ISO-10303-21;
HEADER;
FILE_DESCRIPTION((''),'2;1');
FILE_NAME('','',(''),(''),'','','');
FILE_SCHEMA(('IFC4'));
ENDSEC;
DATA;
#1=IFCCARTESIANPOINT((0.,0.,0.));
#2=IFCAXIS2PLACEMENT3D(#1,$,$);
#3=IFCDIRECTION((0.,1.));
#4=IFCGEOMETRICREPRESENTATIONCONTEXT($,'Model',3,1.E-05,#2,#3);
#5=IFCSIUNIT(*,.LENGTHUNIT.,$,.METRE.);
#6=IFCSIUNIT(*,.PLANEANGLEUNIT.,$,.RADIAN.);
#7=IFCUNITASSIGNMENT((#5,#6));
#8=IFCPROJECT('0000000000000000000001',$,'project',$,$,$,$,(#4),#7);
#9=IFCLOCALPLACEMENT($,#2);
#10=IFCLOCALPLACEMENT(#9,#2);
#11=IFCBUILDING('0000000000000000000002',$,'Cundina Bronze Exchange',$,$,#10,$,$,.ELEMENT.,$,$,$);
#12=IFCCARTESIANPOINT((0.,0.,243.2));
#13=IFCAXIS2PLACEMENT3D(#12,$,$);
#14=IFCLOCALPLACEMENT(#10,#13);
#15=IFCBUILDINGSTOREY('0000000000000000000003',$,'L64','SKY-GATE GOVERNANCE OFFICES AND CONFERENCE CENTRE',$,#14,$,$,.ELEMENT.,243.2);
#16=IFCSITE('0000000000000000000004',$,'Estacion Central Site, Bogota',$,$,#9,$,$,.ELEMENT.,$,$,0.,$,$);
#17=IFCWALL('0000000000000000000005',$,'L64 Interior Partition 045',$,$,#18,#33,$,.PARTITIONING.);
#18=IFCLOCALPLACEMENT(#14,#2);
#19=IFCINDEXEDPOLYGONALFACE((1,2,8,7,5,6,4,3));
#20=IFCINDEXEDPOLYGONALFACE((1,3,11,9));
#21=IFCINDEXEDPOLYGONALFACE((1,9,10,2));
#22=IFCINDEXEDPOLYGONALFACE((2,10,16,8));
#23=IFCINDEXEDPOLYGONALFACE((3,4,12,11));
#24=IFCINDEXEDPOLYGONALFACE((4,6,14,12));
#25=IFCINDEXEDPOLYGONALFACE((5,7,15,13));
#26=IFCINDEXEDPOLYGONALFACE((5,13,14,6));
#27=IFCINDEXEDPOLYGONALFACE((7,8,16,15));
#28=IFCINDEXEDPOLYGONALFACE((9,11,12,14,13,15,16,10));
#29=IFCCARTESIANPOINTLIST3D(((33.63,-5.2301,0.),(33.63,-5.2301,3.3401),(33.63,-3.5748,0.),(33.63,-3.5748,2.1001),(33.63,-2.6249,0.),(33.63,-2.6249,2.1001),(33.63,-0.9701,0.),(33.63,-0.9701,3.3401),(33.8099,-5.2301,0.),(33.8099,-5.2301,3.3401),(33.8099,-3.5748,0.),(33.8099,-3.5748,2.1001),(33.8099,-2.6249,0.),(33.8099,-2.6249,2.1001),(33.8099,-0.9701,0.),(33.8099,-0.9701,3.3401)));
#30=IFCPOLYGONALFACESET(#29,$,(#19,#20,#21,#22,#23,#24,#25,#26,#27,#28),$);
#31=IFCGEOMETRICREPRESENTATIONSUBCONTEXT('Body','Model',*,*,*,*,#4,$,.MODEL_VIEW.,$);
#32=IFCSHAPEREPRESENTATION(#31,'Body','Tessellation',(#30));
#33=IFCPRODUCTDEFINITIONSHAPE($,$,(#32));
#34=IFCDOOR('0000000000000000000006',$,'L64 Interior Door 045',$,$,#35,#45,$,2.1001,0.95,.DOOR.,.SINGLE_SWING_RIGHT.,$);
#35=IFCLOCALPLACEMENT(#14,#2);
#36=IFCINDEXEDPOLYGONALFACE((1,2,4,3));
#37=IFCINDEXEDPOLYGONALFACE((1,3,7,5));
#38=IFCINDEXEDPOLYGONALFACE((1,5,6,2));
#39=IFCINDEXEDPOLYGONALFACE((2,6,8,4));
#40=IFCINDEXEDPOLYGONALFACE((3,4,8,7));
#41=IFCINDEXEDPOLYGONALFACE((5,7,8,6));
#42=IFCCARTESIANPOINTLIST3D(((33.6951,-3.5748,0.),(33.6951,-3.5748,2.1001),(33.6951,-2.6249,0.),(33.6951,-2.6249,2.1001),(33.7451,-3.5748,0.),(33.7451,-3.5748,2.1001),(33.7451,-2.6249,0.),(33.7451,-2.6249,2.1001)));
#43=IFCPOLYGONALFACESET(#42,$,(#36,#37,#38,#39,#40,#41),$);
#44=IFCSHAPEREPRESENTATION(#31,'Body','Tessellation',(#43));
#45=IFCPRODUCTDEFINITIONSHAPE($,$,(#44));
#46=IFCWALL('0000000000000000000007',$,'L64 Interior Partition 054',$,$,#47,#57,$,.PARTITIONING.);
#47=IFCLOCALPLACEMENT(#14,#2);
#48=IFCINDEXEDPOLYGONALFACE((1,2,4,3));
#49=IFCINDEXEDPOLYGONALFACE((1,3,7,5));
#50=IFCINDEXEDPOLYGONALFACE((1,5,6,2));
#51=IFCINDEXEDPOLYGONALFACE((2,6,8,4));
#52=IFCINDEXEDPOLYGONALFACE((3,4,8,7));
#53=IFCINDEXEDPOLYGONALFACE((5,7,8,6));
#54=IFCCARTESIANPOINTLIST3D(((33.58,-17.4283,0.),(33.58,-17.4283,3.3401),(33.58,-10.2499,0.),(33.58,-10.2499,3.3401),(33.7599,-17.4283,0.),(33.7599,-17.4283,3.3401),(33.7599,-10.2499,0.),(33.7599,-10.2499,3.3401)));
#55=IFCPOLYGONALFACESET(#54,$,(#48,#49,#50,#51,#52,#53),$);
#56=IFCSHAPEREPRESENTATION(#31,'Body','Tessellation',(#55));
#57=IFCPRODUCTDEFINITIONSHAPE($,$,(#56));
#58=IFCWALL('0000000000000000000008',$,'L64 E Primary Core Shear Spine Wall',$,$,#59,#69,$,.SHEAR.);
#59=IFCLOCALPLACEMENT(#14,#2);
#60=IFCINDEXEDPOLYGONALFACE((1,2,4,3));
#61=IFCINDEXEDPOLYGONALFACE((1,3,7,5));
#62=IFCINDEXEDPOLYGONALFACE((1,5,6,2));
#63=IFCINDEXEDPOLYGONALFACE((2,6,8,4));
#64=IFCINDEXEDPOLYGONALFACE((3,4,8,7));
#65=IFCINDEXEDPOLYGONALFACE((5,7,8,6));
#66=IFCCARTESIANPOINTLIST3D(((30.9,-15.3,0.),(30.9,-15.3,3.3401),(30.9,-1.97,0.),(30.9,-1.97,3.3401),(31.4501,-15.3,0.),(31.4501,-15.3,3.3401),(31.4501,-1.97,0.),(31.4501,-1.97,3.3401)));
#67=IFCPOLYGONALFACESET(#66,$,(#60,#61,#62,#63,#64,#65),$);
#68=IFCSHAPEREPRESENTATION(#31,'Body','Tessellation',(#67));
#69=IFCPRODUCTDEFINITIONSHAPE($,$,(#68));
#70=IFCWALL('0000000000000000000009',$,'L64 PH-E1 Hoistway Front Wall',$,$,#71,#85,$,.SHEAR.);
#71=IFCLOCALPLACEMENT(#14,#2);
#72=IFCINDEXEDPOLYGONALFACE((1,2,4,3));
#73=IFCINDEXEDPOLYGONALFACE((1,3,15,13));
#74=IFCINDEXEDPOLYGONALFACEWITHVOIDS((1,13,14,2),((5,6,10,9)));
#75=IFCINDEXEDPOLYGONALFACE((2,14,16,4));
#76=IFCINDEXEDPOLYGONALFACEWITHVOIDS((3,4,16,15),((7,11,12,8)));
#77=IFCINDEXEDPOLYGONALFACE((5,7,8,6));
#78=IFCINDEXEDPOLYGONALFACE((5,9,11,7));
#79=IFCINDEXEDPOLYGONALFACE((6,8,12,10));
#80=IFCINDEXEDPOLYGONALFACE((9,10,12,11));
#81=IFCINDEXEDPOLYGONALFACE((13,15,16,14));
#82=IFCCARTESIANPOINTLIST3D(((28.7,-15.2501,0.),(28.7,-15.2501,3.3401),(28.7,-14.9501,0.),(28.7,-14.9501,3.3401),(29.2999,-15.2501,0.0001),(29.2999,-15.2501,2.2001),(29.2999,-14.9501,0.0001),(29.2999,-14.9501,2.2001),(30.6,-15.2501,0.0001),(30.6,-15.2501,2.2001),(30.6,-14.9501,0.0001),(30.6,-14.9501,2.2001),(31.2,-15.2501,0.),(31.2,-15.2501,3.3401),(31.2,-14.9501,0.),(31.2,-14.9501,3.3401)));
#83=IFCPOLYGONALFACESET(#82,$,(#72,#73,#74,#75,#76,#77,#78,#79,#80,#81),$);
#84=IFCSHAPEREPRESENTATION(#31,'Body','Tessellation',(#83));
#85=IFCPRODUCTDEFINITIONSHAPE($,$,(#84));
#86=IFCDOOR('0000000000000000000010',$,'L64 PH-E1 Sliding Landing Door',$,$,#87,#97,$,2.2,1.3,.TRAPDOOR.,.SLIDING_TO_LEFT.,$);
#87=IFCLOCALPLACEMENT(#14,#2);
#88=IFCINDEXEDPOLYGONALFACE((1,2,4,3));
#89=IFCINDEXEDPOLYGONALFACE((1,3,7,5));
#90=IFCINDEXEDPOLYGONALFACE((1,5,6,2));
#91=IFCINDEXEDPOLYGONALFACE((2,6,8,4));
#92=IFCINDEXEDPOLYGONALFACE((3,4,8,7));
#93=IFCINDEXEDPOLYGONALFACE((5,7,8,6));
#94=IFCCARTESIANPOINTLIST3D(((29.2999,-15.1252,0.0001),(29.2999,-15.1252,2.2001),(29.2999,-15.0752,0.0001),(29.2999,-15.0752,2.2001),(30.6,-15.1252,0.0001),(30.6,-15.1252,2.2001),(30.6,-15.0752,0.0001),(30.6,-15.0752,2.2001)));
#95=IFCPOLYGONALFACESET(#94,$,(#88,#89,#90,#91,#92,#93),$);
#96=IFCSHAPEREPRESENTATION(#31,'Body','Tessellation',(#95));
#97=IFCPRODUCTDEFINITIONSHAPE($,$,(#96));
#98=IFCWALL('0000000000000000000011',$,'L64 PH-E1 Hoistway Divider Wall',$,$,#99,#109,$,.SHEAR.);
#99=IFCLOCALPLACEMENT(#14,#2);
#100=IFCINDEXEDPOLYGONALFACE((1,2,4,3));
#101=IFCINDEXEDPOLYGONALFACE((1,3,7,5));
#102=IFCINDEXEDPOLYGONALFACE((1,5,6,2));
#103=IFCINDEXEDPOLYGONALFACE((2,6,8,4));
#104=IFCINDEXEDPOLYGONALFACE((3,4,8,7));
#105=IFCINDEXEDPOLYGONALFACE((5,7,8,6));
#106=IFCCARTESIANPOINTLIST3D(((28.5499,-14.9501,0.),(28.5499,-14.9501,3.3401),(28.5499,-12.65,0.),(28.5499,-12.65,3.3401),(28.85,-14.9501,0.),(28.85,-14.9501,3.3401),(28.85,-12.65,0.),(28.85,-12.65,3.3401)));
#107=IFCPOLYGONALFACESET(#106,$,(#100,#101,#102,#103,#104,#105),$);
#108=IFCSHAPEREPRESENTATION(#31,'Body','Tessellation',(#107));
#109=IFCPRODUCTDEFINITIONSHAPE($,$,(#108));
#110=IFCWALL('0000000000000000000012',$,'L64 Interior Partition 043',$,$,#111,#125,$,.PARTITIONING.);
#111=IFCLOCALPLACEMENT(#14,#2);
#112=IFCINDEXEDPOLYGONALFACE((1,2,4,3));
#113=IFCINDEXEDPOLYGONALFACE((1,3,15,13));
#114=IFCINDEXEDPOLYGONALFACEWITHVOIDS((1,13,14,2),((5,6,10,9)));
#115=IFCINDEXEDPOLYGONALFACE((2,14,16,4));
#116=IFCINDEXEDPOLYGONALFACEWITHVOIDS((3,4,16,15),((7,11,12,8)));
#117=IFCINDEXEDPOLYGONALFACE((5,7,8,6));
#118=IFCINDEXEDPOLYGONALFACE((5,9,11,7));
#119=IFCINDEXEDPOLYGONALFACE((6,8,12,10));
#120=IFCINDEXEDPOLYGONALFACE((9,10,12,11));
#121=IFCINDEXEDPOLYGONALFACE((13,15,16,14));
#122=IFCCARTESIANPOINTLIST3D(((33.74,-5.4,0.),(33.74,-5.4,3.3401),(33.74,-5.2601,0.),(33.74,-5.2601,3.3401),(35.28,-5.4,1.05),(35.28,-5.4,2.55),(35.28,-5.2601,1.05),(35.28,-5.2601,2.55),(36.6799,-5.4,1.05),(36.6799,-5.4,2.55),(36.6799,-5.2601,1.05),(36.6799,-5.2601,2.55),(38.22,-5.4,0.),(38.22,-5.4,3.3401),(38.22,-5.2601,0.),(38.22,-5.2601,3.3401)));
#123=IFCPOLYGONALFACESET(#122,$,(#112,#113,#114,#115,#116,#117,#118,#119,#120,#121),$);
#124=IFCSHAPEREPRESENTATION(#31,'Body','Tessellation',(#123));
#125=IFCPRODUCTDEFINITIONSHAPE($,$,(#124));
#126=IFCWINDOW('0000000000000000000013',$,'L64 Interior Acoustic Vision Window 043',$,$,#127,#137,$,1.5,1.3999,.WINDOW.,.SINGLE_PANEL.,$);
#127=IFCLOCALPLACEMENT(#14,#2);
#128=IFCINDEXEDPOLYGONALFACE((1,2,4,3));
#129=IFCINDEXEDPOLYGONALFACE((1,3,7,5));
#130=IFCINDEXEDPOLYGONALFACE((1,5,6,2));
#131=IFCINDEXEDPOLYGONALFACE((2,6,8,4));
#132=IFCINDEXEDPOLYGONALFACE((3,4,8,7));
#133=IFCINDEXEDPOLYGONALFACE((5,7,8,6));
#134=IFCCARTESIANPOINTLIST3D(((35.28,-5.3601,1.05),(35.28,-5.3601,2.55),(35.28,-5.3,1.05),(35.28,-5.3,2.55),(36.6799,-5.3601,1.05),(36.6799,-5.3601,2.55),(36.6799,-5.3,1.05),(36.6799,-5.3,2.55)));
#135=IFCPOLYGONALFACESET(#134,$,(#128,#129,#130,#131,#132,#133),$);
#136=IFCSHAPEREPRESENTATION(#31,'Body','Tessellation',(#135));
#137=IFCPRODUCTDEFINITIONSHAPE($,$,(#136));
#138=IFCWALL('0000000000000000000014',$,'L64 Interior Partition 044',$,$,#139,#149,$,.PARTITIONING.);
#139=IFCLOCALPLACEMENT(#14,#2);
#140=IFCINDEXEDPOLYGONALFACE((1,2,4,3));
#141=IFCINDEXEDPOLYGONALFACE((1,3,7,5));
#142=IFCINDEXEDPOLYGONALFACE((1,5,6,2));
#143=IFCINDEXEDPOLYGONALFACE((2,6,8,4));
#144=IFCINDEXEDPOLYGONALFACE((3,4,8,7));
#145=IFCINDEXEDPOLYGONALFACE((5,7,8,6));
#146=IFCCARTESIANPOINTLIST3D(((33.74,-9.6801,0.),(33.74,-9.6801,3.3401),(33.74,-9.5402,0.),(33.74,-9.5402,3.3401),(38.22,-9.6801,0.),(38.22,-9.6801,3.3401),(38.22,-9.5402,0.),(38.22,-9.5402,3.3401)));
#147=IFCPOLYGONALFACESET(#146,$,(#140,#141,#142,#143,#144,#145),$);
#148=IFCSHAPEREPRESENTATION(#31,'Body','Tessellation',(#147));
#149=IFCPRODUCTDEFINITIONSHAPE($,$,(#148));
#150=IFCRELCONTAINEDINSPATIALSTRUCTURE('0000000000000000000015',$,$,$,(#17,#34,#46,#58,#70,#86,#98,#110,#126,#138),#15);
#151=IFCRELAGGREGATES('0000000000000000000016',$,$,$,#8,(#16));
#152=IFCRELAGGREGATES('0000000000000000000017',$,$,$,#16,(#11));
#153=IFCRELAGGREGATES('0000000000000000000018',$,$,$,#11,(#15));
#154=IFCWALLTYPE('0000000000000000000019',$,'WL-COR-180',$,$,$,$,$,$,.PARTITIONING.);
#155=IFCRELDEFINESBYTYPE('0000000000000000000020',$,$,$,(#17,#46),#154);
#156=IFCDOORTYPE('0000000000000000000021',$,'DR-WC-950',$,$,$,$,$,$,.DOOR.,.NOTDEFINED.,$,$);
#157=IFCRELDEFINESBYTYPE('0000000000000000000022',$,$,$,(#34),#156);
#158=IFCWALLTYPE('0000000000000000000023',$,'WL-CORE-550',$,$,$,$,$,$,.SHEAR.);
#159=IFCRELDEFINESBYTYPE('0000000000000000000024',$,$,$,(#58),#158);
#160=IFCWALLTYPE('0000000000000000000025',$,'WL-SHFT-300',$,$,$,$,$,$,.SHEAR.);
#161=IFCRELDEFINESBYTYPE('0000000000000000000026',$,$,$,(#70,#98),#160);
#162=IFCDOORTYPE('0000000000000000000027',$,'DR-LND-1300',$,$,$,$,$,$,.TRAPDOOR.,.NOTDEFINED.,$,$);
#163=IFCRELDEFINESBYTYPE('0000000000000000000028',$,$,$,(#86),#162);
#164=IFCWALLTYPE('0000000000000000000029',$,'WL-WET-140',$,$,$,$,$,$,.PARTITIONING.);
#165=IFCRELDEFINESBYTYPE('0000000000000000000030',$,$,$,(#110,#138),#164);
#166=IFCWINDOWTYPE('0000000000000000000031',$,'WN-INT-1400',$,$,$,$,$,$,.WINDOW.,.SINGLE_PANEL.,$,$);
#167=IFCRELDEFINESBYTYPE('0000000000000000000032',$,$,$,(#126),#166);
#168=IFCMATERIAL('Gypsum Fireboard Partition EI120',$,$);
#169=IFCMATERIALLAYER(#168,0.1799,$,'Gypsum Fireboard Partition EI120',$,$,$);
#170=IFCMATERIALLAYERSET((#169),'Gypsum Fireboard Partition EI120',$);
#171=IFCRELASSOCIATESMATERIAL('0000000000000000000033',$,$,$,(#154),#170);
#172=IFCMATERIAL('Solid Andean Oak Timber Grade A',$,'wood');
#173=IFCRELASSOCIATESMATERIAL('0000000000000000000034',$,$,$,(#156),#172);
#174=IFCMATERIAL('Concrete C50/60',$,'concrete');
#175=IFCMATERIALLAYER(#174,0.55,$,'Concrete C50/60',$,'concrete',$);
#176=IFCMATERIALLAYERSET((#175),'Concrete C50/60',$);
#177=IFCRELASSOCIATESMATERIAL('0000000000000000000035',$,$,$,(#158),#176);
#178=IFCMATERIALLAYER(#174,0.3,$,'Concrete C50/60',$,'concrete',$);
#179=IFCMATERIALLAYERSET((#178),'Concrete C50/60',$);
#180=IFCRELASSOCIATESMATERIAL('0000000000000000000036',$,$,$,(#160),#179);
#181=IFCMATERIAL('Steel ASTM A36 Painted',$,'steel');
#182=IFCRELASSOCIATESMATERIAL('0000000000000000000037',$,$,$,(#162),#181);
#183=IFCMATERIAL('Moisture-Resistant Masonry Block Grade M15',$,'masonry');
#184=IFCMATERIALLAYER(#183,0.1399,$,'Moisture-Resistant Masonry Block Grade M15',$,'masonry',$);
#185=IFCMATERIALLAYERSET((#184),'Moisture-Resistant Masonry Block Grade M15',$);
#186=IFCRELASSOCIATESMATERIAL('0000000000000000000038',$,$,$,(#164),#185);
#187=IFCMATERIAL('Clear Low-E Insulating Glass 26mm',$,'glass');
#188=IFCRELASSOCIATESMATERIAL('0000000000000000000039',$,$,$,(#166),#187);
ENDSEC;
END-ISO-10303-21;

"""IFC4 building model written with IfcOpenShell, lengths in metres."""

from ifc_helpers import new_model, si_unit, direction, frame, frame_2d, origin, place, context, subcontext, project, spatial, rectangle, extrude, material, layer, layer_set, type_object, element, fill, save


model = new_model("IFC4")

# Units and contexts
model_context = context("Model", 3, precision=1e-05, world=origin(), true_north=direction((0.0, 1.0)))
body_context = subcontext(model_context, "Body", "Model", "MODEL_VIEW")
ifc_project = project(units=[si_unit("LENGTHUNIT", "METRE"), si_unit("PLANEANGLEUNIT", "RADIAN")], contexts=[model_context])

# Site, building, storey
site_placement = place(None, origin())
site = spatial("IfcSite", under=ifc_project, at=site_placement, Name="Estacion Central Site, Bogota", CompositionType="ELEMENT", RefElevation=0.0)
building_placement = place(site_placement, origin())
building = spatial("IfcBuilding", under=site, at=building_placement, Name="Cundina Bronze Exchange", CompositionType="ELEMENT")
storey_placement = place(building_placement, frame((0.0, 0.0, 243.2)))
storey = spatial("IfcBuildingStorey", under=building, at=storey_placement, Name="L64", Description="SKY-GATE GOVERNANCE OFFICES AND CONFERENCE CENTRE", CompositionType="ELEMENT", Elevation=243.2)

# Shared definitions
ifc_material_1 = material(Name="Concrete C50/60", Category="concrete")

# Wall, opening, door
ifc_material_2 = material(Name="Gypsum Fireboard Partition EI120")
ifc_layer_1 = layer(ifc_material_2, 0.1799, Name="Gypsum Fireboard Partition EI120")
ifc_layer_set_1 = layer_set([ifc_layer_1], Name="Gypsum Fireboard Partition EI120")
wall_type_1 = type_object("IfcWallType", Name="WL-COR-180", PredefinedType="PARTITIONING", material=ifc_layer_set_1)
wall_1_placement = place(storey_placement, frame((33.72, -5.23, 0.0), z_axis=(0.0, 0.0, 1.0), x_axis=(0.0, 1.0, 0.0)))
wall_1 = element("IfcWall", 1, at=wall_1_placement, inside=storey, type_object=wall_type_1, Name="L64 Interior Partition 045", PredefinedType="PARTITIONING", context=body_context, shape_type="SweptSolid", body=[
    extrude(rectangle(XDim=4.26, YDim=0.1799, at=frame_2d((2.1299, 0.0))), origin(), (0.0, 0.0, 1.0), 3.3401),
])
opening_1_placement = place(wall_1_placement, frame((1.655, 0.0, 0.0)))
opening_1 = element("IfcOpeningElement", 2, at=opening_1_placement, cuts=wall_1, PredefinedType="OPENING", context=body_context, shape_type="SweptSolid", body=[
    extrude(rectangle(XDim=0.95, YDim=2.1001, at=frame_2d((0.4751, 1.05))), frame((0.0, 0.0999, 0.0), z_axis=(0.0, -1.0, 0.0), x_axis=(1.0, 0.0, 0.0)), (0.0, 0.0, 1.0), 0.2),
])
ifc_material_3 = material(Name="Solid Andean Oak Timber Grade A", Category="wood")
door_type_1 = type_object("IfcDoorType", Name="DR-WC-950", OperationType="NOTDEFINED", PredefinedType="DOOR", material=ifc_material_3)
door_1_placement = place(opening_1_placement, origin())
door_1 = element("IfcDoor", 3, at=door_1_placement, inside=storey, type_object=door_type_1, Name="L64 Interior Door 045", OperationType="SINGLE_SWING_RIGHT", OverallHeight=2.1001, OverallWidth=0.95, PredefinedType="DOOR", context=body_context, shape_type="SweptSolid", body=[
    extrude(rectangle(XDim=0.95, YDim=2.1001, at=frame_2d((0.4751, 1.05))), frame((0.0, 0.0249, 0.0), z_axis=(0.0, -1.0, 0.0), x_axis=(1.0, 0.0, 0.0)), (0.0, 0.0, 1.0), 0.05),
])
fill(opening_1, door_1)

# Walls
wall_2_placement = place(storey_placement, frame((33.6699, -17.4285, 0.0), z_axis=(0.0, 0.0, 1.0), x_axis=(0.0, 1.0, 0.0)))
element("IfcWall", 4, at=wall_2_placement, inside=storey, type_object=wall_type_1, Name="L64 Interior Partition 054", PredefinedType="PARTITIONING", context=body_context, shape_type="SweptSolid", body=[
    extrude(rectangle(XDim=7.1785, YDim=0.1799, at=frame_2d((3.5894, 0.0))), origin(), (0.0, 0.0, 1.0), 3.3401),
])
ifc_layer_2 = layer(ifc_material_1, 0.55, Name="Concrete C50/60", Category="concrete")
ifc_layer_set_2 = layer_set([ifc_layer_2], Name="Concrete C50/60")
wall_type_2 = type_object("IfcWallType", Name="WL-CORE-550", PredefinedType="SHEAR", material=ifc_layer_set_2)
wall_3_placement = place(storey_placement, frame((31.175, -15.3, 0.0), z_axis=(0.0, 0.0, 1.0), x_axis=(0.0, 1.0, 0.0)))
element("IfcWall", 5, at=wall_3_placement, inside=storey, type_object=wall_type_2, Name="L64 E Primary Core Shear Spine Wall", PredefinedType="SHEAR", context=body_context, shape_type="SweptSolid", body=[
    extrude(rectangle(XDim=13.3301, YDim=0.55, at=frame_2d((6.665, 0.0))), origin(), (0.0, 0.0, 1.0), 3.3401),
])

# Wall, opening, door
ifc_layer_3 = layer(ifc_material_1, 0.3, Name="Concrete C50/60", Category="concrete")
ifc_layer_set_3 = layer_set([ifc_layer_3], Name="Concrete C50/60")
wall_type_3 = type_object("IfcWallType", Name="WL-SHFT-300", PredefinedType="SHEAR", material=ifc_layer_set_3)
wall_4_placement = place(storey_placement, frame((28.7, -15.1001, 0.0), z_axis=(0.0, 0.0, 1.0), x_axis=(1.0, 0.0, 0.0)))
wall_4 = element("IfcWall", 6, at=wall_4_placement, inside=storey, type_object=wall_type_3, Name="L64 PH-E1 Hoistway Front Wall", PredefinedType="SHEAR", context=body_context, shape_type="SweptSolid", body=[
    extrude(rectangle(XDim=2.5, YDim=0.3, at=frame_2d((1.25, 0.0))), origin(), (0.0, 0.0, 1.0), 3.3401),
])
opening_2_placement = place(wall_4_placement, frame((0.6001, 0.0, 0.0)))
opening_2 = element("IfcOpeningElement", 7, at=opening_2_placement, cuts=wall_4, PredefinedType="OPENING", context=body_context, shape_type="SweptSolid", body=[
    extrude(rectangle(XDim=1.3, YDim=2.2, at=frame_2d((0.6499, 1.1001))), frame((0.0, 0.1599, 0.0), z_axis=(0.0, -1.0, 0.0), x_axis=(1.0, 0.0, 0.0)), (0.0, 0.0, 1.0), 0.3201),
])
ifc_material_4 = material(Name="Steel ASTM A36 Painted", Category="steel")
door_type_2 = type_object("IfcDoorType", Name="DR-LND-1300", OperationType="NOTDEFINED", PredefinedType="TRAPDOOR", material=ifc_material_4)
door_2_placement = place(opening_2_placement, origin())
door_2 = element("IfcDoor", 8, at=door_2_placement, inside=storey, type_object=door_type_2, Name="L64 PH-E1 Sliding Landing Door", OperationType="SLIDING_TO_LEFT", OverallHeight=2.2, OverallWidth=1.3, PredefinedType="TRAPDOOR", context=body_context, shape_type="SweptSolid", body=[
    extrude(rectangle(XDim=1.3, YDim=2.2, at=frame_2d((0.6499, 1.1001))), frame((0.0, 0.0249, 0.0), z_axis=(0.0, -1.0, 0.0), x_axis=(1.0, 0.0, 0.0)), (0.0, 0.0, 1.0), 0.05),
])
fill(opening_2, door_2)

# Wall
wall_5_placement = place(storey_placement, frame((28.7, -14.95, 0.0), z_axis=(0.0, 0.0, 1.0), x_axis=(0.0, 1.0, 0.0)))
element("IfcWall", 9, at=wall_5_placement, inside=storey, type_object=wall_type_3, Name="L64 PH-E1 Hoistway Divider Wall", PredefinedType="SHEAR", context=body_context, shape_type="SweptSolid", body=[
    extrude(rectangle(XDim=2.3, YDim=0.3, at=frame_2d((1.1499, 0.0))), origin(), (0.0, 0.0, 1.0), 3.3401),
])

# Wall, opening, window
ifc_material_5 = material(Name="Moisture-Resistant Masonry Block Grade M15", Category="masonry")
ifc_layer_4 = layer(ifc_material_5, 0.1399, Name="Moisture-Resistant Masonry Block Grade M15", Category="masonry")
ifc_layer_set_4 = layer_set([ifc_layer_4], Name="Moisture-Resistant Masonry Block Grade M15")
wall_type_4 = type_object("IfcWallType", Name="WL-WET-140", PredefinedType="PARTITIONING", material=ifc_layer_set_4)
wall_6_placement = place(storey_placement, frame((33.74, -5.3301, 0.0), z_axis=(0.0, 0.0, 1.0), x_axis=(1.0, 0.0, 0.0)))
wall_6 = element("IfcWall", 10, at=wall_6_placement, inside=storey, type_object=wall_type_4, Name="L64 Interior Partition 043", PredefinedType="PARTITIONING", context=body_context, shape_type="SweptSolid", body=[
    extrude(rectangle(XDim=4.48, YDim=0.1399, at=frame_2d((2.24, 0.0))), origin(), (0.0, 0.0, 1.0), 3.3401),
])
opening_3_placement = place(wall_6_placement, frame((1.54, 0.0, 1.05)))
opening_3 = element("IfcOpeningElement", 11, at=opening_3_placement, cuts=wall_6, PredefinedType="OPENING", context=body_context, shape_type="SweptSolid", body=[
    extrude(rectangle(XDim=1.3999, YDim=1.5, at=frame_2d((0.7, 0.75))), frame((0.0, 0.0798, 0.0), z_axis=(0.0, -1.0, 0.0), x_axis=(1.0, 0.0, 0.0)), (0.0, 0.0, 1.0), 0.1599),
])
ifc_material_6 = material(Name="Clear Low-E Insulating Glass 26mm", Category="glass")
window_type = type_object("IfcWindowType", Name="WN-INT-1400", PartitioningType="SINGLE_PANEL", PredefinedType="WINDOW", material=ifc_material_6)
window_placement = place(opening_3_placement, origin())
window = element("IfcWindow", 12, at=window_placement, inside=storey, type_object=window_type, Name="L64 Interior Acoustic Vision Window 043", OverallHeight=1.5, OverallWidth=1.3999, PartitioningType="SINGLE_PANEL", PredefinedType="WINDOW", context=body_context, shape_type="SweptSolid", body=[
    extrude(rectangle(XDim=1.3999, YDim=1.5, at=frame_2d((0.7, 0.75))), frame((0.0, 0.03, 0.0), z_axis=(0.0, -1.0, 0.0), x_axis=(1.0, 0.0, 0.0)), (0.0, 0.0, 1.0), 0.0601),
])
fill(opening_3, window)

# Wall
wall_7_placement = place(storey_placement, frame((33.74, -9.6101, 0.0), z_axis=(0.0, 0.0, 1.0), x_axis=(1.0, 0.0, 0.0)))
element("IfcWall", 13, at=wall_7_placement, inside=storey, type_object=wall_type_4, Name="L64 Interior Partition 044", PredefinedType="PARTITIONING", context=body_context, shape_type="SweptSolid", body=[
    extrude(rectangle(XDim=4.48, YDim=0.1399, at=frame_2d((2.24, 0.0))), origin(), (0.0, 0.0, 1.0), 3.3401),
])

save(model, "model.ifc")
